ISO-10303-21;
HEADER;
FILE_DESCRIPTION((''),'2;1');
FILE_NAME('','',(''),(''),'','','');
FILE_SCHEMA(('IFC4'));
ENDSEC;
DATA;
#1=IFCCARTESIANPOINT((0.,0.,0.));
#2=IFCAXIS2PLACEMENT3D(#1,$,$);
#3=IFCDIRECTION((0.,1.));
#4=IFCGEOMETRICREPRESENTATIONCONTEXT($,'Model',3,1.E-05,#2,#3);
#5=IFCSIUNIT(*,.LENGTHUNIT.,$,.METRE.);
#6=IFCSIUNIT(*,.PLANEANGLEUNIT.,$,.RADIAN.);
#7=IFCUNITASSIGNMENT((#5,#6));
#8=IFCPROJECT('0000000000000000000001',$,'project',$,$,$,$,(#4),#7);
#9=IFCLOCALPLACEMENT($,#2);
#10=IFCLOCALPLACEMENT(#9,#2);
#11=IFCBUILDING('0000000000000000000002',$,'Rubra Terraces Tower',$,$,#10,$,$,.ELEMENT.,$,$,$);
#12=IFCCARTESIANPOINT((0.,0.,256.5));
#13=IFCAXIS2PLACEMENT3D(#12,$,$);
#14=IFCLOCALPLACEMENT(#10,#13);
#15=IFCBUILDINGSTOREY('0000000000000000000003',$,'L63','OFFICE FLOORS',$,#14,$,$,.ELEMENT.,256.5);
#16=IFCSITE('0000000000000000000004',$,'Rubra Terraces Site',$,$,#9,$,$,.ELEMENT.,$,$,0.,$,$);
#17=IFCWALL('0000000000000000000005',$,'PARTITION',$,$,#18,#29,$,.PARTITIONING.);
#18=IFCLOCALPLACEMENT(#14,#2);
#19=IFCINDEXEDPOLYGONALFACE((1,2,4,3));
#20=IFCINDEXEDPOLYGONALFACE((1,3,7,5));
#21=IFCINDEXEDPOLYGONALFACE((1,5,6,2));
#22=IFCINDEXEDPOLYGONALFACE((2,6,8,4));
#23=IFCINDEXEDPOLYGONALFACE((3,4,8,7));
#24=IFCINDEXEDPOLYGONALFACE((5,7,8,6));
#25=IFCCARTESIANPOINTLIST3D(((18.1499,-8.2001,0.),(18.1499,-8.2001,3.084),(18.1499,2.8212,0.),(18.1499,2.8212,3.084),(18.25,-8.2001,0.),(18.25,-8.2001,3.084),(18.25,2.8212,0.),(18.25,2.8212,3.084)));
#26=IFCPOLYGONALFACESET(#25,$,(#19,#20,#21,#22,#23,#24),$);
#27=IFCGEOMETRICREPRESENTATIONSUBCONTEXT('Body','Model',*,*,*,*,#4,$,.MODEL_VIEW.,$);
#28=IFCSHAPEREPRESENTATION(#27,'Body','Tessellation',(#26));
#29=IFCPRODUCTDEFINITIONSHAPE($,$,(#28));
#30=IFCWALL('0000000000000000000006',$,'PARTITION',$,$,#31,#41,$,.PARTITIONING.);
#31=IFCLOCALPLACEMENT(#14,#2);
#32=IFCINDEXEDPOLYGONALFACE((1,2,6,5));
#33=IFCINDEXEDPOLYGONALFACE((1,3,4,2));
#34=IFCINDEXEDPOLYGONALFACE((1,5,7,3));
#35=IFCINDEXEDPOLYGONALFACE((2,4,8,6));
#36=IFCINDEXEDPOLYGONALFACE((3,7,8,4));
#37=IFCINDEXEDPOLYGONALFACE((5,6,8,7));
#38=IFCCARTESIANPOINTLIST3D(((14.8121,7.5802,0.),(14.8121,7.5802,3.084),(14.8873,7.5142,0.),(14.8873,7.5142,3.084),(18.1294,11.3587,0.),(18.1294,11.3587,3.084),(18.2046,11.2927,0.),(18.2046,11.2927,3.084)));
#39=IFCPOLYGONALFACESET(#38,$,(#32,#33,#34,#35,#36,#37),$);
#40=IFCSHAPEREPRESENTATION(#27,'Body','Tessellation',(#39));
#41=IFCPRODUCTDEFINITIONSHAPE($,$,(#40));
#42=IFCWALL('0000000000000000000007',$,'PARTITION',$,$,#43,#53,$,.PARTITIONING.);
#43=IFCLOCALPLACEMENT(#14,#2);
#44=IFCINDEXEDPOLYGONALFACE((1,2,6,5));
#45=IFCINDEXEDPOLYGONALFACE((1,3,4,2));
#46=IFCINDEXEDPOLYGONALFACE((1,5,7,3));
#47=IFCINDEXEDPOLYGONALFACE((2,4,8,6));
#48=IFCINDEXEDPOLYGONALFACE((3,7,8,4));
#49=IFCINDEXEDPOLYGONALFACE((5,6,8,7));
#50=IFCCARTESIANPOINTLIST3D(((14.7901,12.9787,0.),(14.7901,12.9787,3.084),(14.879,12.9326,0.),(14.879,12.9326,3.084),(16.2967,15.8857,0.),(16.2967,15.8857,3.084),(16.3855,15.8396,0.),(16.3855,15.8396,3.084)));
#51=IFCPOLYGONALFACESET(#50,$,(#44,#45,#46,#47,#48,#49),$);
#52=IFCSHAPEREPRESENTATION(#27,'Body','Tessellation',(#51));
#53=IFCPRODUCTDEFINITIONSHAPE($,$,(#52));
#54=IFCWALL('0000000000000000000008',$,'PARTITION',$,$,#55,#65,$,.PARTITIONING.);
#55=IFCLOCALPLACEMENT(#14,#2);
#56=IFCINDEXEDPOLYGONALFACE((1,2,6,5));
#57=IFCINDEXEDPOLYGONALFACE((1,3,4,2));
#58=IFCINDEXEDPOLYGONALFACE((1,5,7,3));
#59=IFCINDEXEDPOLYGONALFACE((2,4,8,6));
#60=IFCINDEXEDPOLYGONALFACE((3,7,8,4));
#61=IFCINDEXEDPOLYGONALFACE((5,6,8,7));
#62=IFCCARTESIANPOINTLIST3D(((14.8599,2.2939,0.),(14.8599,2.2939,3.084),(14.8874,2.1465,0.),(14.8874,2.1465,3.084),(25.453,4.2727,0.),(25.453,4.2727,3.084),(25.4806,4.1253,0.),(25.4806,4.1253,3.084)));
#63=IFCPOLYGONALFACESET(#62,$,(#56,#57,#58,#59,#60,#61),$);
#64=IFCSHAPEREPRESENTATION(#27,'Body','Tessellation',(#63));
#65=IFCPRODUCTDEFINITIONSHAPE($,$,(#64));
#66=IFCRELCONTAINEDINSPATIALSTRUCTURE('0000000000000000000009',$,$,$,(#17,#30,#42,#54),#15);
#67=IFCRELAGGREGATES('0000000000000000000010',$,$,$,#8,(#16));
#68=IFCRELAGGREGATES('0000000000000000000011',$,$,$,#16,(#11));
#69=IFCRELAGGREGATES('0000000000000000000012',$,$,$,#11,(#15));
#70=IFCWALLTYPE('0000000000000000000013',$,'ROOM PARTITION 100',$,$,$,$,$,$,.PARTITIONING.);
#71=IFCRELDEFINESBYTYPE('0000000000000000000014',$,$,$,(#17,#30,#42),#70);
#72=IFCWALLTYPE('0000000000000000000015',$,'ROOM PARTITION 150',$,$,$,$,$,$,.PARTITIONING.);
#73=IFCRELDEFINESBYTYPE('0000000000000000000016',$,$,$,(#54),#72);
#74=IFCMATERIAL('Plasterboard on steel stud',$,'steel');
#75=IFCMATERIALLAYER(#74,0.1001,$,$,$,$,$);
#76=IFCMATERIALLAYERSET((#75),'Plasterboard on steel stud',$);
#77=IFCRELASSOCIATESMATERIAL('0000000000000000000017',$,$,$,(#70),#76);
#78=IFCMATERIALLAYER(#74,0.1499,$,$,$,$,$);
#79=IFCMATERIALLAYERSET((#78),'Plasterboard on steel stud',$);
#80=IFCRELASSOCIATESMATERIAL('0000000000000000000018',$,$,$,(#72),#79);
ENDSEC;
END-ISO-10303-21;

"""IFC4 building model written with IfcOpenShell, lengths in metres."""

from ifc_helpers import new_model, si_unit, direction, frame, frame_2d, origin, place, context, subcontext, project, spatial, rectangle, extrude, material, layer, layer_set, type_object, element, save


model = new_model("IFC4")

# Units and contexts
model_context = context("Model", 3, precision=1e-05, world=origin(), true_north=direction((0.0, 1.0)))
body_context = subcontext(model_context, "Body", "Model", "MODEL_VIEW")
ifc_project = project(units=[si_unit("LENGTHUNIT", "METRE"), si_unit("PLANEANGLEUNIT", "RADIAN")], contexts=[model_context])

# Site, building, storey
site_placement = place(None, origin())
site = spatial("IfcSite", under=ifc_project, at=site_placement, Name="Rubra Terraces Site", CompositionType="ELEMENT", RefElevation=0.0)
building_placement = place(site_placement, origin())
building = spatial("IfcBuilding", under=site, at=building_placement, Name="Rubra Terraces Tower", CompositionType="ELEMENT")
storey_placement = place(building_placement, frame((0.0, 0.0, 256.5)))
storey = spatial("IfcBuildingStorey", under=building, at=storey_placement, Name="L63", Description="OFFICE FLOORS", CompositionType="ELEMENT", Elevation=256.5)

# Walls
ifc_material_1 = material(Name="Plasterboard on steel stud", Category="steel")
ifc_layer_1 = layer(ifc_material_1, 0.1001)
ifc_layer_set_1 = layer_set([ifc_layer_1], Name="Plasterboard on steel stud")
wall_type_1 = type_object("IfcWallType", Name="ROOM PARTITION 100", PredefinedType="PARTITIONING", material=ifc_layer_set_1)
wall_1_placement = place(storey_placement, frame((18.2, 2.8213, 0.0), z_axis=(0.0, 0.0, 1.0), x_axis=(0.0, -1.0, 0.0)))
element("IfcWall", 1, at=wall_1_placement, inside=storey, type_object=wall_type_1, Name="PARTITION", PredefinedType="PARTITIONING", context=body_context, shape_type="SweptSolid", body=[
    extrude(rectangle(XDim=11.0212, YDim=0.1001, at=frame_2d((5.5107, 0.0))), origin(), (0.0, 0.0, 1.0), 3.084),
])
wall_2_placement = place(storey_placement, frame((14.8496, 7.5471, 0.0), z_axis=(0.0, 0.0, 1.0), x_axis=(0.659758, 0.751478, 0.0)))
element("IfcWall", 2, at=wall_2_placement, inside=storey, type_object=wall_type_1, Name="PARTITION", PredefinedType="PARTITIONING", context=body_context, shape_type="SweptSolid", body=[
    extrude(rectangle(XDim=5.0281, YDim=0.1001, at=frame_2d((2.5142, 0.0))), origin(), (0.0, 0.0, 1.0), 3.084),
])
wall_3_placement = place(storey_placement, frame((14.8345, 12.9556, 0.0), z_axis=(0.0, 0.0, 1.0), x_axis=(0.460141, 0.887846, 0.0)))
element("IfcWall", 3, at=wall_3_placement, inside=storey, type_object=wall_type_1, Name="PARTITION", PredefinedType="PARTITIONING", context=body_context, shape_type="SweptSolid", body=[
    extrude(rectangle(XDim=3.2742, YDim=0.1001, at=frame_2d((1.6372, 0.0))), origin(), (0.0, 0.0, 1.0), 3.084),
])
ifc_layer_2 = layer(ifc_material_1, 0.1499)
ifc_layer_set_2 = layer_set([ifc_layer_2], Name="Plasterboard on steel stud")
wall_type_2 = type_object("IfcWallType", Name="ROOM PARTITION 150", PredefinedType="PARTITIONING", material=ifc_layer_set_2)
wall_4_placement = place(storey_placement, frame((25.4668, 4.199, 0.0), z_axis=(0.0, 0.0, 1.0), x_axis=(-0.982997, -0.183622, 0.0)))
element("IfcWall", 4, at=wall_4_placement, inside=storey, type_object=wall_type_2, Name="PARTITION", PredefinedType="PARTITIONING", context=body_context, shape_type="SweptSolid", body=[
    extrude(rectangle(XDim=10.7764, YDim=0.1499, at=frame_2d((5.3882, 0.0))), origin(), (0.0, 0.0, 1.0), 3.084),
])

save(model, "model.ifc")
